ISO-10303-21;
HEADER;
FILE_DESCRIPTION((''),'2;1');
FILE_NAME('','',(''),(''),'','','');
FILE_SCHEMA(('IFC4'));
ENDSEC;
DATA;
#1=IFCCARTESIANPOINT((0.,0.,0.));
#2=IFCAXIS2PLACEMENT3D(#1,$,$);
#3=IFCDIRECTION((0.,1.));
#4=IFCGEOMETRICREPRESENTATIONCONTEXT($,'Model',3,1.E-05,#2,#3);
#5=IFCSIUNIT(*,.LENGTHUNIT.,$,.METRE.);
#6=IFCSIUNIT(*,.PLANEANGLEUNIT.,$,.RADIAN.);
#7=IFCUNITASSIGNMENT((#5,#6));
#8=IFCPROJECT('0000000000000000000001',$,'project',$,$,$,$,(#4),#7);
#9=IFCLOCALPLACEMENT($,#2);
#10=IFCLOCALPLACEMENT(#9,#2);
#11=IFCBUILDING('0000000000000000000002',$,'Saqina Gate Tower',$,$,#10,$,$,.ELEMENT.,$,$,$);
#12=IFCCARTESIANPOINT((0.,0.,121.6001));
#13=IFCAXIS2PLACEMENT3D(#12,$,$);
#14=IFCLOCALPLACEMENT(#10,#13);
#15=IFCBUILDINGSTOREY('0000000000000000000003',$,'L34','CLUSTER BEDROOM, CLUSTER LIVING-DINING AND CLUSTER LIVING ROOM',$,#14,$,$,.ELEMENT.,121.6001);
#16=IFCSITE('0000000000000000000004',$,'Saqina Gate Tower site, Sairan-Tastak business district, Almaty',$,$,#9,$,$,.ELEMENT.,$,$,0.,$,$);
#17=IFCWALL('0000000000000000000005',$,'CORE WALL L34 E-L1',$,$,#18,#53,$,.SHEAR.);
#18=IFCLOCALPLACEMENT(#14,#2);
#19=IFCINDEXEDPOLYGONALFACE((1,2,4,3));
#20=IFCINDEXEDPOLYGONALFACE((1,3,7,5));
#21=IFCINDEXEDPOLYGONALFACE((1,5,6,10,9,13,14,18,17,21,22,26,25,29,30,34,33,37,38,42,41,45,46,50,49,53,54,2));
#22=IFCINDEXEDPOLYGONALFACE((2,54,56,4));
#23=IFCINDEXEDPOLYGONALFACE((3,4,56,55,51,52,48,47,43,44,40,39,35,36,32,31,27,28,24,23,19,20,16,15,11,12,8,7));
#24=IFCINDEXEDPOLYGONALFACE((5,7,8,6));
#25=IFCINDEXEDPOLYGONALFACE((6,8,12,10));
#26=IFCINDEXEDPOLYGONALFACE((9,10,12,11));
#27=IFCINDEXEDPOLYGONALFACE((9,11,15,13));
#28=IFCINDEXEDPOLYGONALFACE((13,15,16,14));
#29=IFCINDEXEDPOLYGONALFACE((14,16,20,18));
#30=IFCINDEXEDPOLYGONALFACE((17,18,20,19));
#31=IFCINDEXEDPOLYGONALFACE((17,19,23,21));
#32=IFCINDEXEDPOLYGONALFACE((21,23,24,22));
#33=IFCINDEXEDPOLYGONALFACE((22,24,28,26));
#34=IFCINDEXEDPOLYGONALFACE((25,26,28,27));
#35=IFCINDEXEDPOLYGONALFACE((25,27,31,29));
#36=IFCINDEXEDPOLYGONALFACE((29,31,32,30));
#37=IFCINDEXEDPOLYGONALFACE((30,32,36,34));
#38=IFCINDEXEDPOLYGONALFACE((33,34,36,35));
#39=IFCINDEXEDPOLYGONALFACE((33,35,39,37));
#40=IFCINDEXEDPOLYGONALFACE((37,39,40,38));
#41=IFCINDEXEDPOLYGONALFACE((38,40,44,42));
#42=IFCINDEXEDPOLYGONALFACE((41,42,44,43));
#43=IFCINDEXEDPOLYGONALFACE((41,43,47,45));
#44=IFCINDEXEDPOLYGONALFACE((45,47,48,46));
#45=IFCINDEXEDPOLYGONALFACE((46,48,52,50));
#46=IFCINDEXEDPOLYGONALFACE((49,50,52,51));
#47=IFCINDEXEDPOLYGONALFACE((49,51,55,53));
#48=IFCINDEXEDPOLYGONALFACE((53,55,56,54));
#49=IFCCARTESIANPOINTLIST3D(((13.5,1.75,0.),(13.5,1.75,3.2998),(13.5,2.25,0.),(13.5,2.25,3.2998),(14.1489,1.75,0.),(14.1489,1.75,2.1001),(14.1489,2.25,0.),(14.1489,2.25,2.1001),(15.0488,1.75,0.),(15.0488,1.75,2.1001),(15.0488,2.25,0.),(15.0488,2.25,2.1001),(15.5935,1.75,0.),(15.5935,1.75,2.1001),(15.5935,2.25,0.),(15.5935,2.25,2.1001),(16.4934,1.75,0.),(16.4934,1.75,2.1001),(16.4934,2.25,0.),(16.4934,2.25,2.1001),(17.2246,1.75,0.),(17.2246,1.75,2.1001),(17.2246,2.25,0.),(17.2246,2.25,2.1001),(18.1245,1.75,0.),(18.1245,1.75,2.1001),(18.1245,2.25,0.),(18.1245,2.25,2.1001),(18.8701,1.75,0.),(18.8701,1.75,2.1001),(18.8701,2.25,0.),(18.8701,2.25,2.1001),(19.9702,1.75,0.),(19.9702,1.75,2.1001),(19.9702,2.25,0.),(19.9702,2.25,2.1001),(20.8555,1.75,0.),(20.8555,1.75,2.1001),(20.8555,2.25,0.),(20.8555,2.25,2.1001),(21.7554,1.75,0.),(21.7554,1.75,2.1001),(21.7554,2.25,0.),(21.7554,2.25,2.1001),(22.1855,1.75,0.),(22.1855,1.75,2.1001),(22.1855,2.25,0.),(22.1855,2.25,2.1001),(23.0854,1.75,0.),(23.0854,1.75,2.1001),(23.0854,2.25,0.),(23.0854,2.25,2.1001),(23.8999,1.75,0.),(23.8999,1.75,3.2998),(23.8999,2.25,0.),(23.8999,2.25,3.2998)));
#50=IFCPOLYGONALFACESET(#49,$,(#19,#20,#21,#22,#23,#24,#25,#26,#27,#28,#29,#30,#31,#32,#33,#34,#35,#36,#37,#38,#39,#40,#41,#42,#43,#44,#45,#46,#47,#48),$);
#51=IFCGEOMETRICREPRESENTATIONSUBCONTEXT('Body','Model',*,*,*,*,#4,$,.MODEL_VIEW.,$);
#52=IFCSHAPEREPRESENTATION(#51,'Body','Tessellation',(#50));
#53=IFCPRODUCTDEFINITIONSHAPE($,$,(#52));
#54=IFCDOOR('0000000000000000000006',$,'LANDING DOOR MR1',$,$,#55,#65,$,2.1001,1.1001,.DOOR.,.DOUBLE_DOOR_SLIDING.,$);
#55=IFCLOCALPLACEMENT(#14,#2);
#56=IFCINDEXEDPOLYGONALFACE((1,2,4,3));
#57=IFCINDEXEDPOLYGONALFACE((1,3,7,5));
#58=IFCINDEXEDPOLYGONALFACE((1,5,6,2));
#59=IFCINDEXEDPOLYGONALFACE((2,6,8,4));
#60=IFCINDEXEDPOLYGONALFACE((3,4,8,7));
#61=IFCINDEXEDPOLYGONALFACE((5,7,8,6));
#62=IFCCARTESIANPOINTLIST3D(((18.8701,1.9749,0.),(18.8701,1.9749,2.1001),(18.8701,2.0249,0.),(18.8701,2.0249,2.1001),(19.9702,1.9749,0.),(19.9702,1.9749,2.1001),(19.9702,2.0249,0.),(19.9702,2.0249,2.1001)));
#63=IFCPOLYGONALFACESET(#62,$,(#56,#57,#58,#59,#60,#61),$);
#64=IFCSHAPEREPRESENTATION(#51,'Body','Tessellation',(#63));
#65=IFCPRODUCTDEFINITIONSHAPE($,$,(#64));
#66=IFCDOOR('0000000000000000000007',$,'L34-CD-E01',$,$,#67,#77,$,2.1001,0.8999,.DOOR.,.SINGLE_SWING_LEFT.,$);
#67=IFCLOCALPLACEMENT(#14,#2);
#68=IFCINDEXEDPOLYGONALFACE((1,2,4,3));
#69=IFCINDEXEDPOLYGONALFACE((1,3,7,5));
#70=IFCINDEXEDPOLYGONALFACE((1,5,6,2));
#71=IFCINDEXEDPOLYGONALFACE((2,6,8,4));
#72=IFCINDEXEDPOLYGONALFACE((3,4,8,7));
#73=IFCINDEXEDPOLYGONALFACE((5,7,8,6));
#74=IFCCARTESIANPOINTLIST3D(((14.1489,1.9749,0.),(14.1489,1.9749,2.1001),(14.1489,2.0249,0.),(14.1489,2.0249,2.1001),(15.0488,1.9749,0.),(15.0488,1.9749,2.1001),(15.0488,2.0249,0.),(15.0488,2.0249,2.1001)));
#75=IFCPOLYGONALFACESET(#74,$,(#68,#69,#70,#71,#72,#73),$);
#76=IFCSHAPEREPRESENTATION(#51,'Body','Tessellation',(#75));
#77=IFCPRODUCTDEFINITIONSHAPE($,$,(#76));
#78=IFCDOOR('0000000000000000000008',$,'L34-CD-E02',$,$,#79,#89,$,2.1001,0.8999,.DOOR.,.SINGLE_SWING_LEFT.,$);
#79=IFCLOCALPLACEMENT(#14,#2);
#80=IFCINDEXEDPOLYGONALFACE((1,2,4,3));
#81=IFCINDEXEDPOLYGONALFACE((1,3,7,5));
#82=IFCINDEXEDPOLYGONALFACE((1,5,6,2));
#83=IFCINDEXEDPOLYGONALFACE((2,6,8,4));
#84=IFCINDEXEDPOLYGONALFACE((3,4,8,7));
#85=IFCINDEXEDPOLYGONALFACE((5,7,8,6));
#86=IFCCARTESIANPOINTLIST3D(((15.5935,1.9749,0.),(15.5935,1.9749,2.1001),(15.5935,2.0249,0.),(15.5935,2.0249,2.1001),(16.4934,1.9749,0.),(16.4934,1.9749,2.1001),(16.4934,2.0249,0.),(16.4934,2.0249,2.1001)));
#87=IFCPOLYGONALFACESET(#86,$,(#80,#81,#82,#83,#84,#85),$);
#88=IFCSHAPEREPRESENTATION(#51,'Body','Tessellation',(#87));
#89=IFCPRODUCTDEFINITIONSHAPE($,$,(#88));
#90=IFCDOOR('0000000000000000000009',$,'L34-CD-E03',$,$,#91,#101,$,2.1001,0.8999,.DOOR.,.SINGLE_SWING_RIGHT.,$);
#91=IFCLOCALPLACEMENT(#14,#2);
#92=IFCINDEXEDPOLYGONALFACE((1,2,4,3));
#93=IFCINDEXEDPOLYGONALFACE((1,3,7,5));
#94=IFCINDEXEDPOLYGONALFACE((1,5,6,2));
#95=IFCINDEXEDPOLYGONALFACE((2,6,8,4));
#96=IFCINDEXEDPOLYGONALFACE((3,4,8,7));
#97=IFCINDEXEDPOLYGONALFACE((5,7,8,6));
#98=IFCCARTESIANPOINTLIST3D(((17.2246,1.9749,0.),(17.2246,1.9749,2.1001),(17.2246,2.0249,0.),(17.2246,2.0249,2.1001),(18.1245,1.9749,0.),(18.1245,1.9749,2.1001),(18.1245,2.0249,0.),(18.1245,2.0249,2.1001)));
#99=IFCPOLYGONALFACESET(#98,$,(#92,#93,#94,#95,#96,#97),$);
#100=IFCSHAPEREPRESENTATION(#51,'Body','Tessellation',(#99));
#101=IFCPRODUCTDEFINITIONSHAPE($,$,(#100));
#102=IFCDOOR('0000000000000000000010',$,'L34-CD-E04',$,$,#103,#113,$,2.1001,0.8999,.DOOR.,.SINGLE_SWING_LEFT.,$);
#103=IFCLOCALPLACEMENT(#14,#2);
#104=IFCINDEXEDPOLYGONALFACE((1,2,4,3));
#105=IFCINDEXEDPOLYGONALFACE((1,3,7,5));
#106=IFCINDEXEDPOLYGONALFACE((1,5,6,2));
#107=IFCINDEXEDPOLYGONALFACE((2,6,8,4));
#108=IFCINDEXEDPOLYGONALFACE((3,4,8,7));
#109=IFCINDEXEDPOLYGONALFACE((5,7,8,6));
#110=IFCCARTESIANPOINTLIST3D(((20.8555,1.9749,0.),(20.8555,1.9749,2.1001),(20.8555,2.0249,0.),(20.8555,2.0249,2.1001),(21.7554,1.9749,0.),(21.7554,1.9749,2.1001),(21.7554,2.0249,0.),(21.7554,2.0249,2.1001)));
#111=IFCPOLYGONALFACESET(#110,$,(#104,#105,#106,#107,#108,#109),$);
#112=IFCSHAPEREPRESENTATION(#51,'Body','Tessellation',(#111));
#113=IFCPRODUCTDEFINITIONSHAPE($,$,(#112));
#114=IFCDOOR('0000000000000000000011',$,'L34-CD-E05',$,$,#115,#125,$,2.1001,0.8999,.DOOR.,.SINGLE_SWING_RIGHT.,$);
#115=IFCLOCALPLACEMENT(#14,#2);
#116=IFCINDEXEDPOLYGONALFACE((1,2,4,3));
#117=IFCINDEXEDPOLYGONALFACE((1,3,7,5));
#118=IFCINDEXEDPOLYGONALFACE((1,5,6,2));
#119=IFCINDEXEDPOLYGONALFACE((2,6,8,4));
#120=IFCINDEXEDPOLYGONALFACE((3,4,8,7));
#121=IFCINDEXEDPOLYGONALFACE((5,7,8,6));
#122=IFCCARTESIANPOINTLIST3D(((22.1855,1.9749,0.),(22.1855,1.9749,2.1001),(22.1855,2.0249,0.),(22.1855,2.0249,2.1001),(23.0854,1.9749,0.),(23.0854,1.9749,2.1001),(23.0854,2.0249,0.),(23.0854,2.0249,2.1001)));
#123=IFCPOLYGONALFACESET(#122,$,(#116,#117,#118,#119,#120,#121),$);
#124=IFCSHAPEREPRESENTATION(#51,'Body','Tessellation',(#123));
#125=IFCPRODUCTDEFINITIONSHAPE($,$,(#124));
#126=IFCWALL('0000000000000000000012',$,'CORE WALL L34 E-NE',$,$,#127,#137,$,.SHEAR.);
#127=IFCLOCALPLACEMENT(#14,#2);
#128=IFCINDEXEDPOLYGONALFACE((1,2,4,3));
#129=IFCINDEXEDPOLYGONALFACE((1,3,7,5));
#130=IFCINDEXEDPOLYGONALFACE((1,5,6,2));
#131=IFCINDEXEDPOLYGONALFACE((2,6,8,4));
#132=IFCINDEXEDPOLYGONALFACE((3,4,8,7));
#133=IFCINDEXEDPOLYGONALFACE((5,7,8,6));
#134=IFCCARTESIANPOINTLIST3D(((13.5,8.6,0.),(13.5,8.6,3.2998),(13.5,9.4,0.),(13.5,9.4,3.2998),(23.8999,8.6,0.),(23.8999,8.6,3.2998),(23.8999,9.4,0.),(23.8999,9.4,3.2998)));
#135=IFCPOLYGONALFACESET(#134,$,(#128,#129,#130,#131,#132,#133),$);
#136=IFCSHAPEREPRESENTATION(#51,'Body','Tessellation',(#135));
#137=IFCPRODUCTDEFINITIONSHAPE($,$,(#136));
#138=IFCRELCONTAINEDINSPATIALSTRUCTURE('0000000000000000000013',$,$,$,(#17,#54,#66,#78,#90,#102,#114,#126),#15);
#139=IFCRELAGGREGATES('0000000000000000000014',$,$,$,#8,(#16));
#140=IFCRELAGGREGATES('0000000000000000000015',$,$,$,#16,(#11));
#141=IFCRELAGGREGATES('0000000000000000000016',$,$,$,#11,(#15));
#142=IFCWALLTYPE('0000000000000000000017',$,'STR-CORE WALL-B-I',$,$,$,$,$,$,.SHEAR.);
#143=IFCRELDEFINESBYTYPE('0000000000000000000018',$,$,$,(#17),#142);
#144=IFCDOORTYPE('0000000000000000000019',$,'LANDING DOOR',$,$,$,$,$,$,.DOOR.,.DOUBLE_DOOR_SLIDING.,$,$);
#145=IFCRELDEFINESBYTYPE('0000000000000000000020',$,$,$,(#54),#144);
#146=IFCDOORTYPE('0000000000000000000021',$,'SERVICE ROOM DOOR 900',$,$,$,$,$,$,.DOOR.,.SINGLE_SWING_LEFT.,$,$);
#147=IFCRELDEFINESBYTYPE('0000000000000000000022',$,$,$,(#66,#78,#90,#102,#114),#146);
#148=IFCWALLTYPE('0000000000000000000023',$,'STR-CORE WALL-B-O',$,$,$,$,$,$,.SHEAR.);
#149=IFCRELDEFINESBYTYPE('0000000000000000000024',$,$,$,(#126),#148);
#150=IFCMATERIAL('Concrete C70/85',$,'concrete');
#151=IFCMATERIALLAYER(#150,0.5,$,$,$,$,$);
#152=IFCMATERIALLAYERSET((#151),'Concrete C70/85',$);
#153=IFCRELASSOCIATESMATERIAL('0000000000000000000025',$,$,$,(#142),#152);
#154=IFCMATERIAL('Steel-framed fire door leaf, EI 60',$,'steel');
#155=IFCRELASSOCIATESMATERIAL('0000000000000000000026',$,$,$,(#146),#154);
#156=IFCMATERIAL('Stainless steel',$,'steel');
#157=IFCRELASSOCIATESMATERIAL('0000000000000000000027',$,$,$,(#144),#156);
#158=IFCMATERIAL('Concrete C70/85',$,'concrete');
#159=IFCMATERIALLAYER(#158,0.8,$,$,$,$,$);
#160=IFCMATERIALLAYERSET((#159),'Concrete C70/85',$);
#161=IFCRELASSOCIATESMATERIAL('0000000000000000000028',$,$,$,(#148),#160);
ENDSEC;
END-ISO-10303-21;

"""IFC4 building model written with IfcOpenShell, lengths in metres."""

from ifc_helpers import new_model, si_unit, direction, frame, frame_2d, origin, place, context, subcontext, project, spatial, rectangle, extrude, material, layer, layer_set, type_object, element, fill, save


model = new_model("IFC4")

# Units and contexts
model_context = context("Model", 3, precision=1e-05, world=origin(), true_north=direction((0.0, 1.0)))
body_context = subcontext(model_context, "Body", "Model", "MODEL_VIEW")
ifc_project = project(units=[si_unit("LENGTHUNIT", "METRE"), si_unit("PLANEANGLEUNIT", "RADIAN")], contexts=[model_context])

# Site, building, storey
site_placement = place(None, origin())
site = spatial("IfcSite", under=ifc_project, at=site_placement, Name="Saqina Gate Tower site, Sairan-Tastak business district, Almaty", CompositionType="ELEMENT", RefElevation=0.0)
building_placement = place(site_placement, origin())
building = spatial("IfcBuilding", under=site, at=building_placement, Name="Saqina Gate Tower", CompositionType="ELEMENT")
storey_placement = place(building_placement, frame((0.0, 0.0, 121.6001)))
storey = spatial("IfcBuildingStorey", under=building, at=storey_placement, Name="L34", Description="CLUSTER BEDROOM, CLUSTER LIVING-DINING AND CLUSTER LIVING ROOM", CompositionType="ELEMENT", Elevation=121.6001)

# Shared definitions
ifc_material_1 = material(Name="Concrete C70/85", Category="concrete")
ifc_layer_1 = layer(ifc_material_1, 0.5)
ifc_layer_set_1 = layer_set([ifc_layer_1], Name="Concrete C70/85")
wall_type_1 = type_object("IfcWallType", Name="STR-CORE WALL-B-I", PredefinedType="SHEAR", material=ifc_layer_set_1)
ifc_material_2 = material(Name="Steel-framed fire door leaf, EI 60", Category="steel")
door_type_1 = type_object("IfcDoorType", Name="SERVICE ROOM DOOR 900", OperationType="SINGLE_SWING_LEFT", PredefinedType="DOOR", material=ifc_material_2)

# Wall, openings, doors
wall_1_placement = place(storey_placement, frame((13.5, 2.0, 0.0), z_axis=(0.0, 0.0, 1.0), x_axis=(1.0, 0.0, 0.0)))
wall_1 = element("IfcWall", 1, at=wall_1_placement, inside=storey, type_object=wall_type_1, Name="CORE WALL L34 E-L1", PredefinedType="SHEAR", context=body_context, shape_type="SweptSolid", body=[
    extrude(rectangle(XDim=10.3999, YDim=0.5, at=frame_2d((5.2, 0.0))), origin(), (0.0, 0.0, 1.0), 3.2998),
])
opening_1_placement = place(wall_1_placement, frame((5.3701, 0.0, 0.0)))
opening_1 = element("IfcOpeningElement", 2, at=opening_1_placement, cuts=wall_1, PredefinedType="OPENING", context=body_context, shape_type="SweptSolid", body=[
    extrude(rectangle(XDim=1.1001, YDim=2.1001, at=frame_2d((0.55, 1.05))), frame((0.0, 0.262, 0.0), z_axis=(0.0, -1.0, 0.0), x_axis=(1.0, 0.0, 0.0)), (0.0, 0.0, 1.0), 0.5239),
])
opening_2_placement = place(wall_1_placement, frame((0.6489, 0.0, 0.0)))
opening_2 = element("IfcOpeningElement", 3, at=opening_2_placement, cuts=wall_1, PredefinedType="OPENING", context=body_context, shape_type="SweptSolid", body=[
    extrude(rectangle(XDim=0.8999, YDim=2.1001, at=frame_2d((0.45, 1.05))), frame((0.0, 0.262, 0.0), z_axis=(0.0, -1.0, 0.0), x_axis=(1.0, 0.0, 0.0)), (0.0, 0.0, 1.0), 0.5239),
])
opening_3_placement = place(wall_1_placement, frame((2.0935, 0.0, 0.0)))
opening_3 = element("IfcOpeningElement", 4, at=opening_3_placement, cuts=wall_1, PredefinedType="OPENING", context=body_context, shape_type="SweptSolid", body=[
    extrude(rectangle(XDim=0.8999, YDim=2.1001, at=frame_2d((0.45, 1.05))), frame((0.0, 0.262, 0.0), z_axis=(0.0, -1.0, 0.0), x_axis=(1.0, 0.0, 0.0)), (0.0, 0.0, 1.0), 0.5239),
])
opening_4_placement = place(wall_1_placement, frame((3.7246, 0.0, 0.0)))
opening_4 = element("IfcOpeningElement", 5, at=opening_4_placement, cuts=wall_1, PredefinedType="OPENING", context=body_context, shape_type="SweptSolid", body=[
    extrude(rectangle(XDim=0.8999, YDim=2.1001, at=frame_2d((0.45, 1.05))), frame((0.0, 0.262, 0.0), z_axis=(0.0, -1.0, 0.0), x_axis=(1.0, 0.0, 0.0)), (0.0, 0.0, 1.0), 0.5239),
])
opening_5_placement = place(wall_1_placement, frame((7.3555, 0.0, 0.0)))
opening_5 = element("IfcOpeningElement", 6, at=opening_5_placement, cuts=wall_1, PredefinedType="OPENING", context=body_context, shape_type="SweptSolid", body=[
    extrude(rectangle(XDim=0.8999, YDim=2.1001, at=frame_2d((0.45, 1.05))), frame((0.0, 0.262, 0.0), z_axis=(0.0, -1.0, 0.0), x_axis=(1.0, 0.0, 0.0)), (0.0, 0.0, 1.0), 0.5239),
])
opening_6_placement = place(wall_1_placement, frame((8.6855, 0.0, 0.0)))
opening_6 = element("IfcOpeningElement", 7, at=opening_6_placement, cuts=wall_1, PredefinedType="OPENING", context=body_context, shape_type="SweptSolid", body=[
    extrude(rectangle(XDim=0.8999, YDim=2.1001, at=frame_2d((0.45, 1.05))), frame((0.0, 0.262, 0.0), z_axis=(0.0, -1.0, 0.0), x_axis=(1.0, 0.0, 0.0)), (0.0, 0.0, 1.0), 0.5239),
])
ifc_material_3 = material(Name="Stainless steel", Category="steel")
door_type_2 = type_object("IfcDoorType", Name="LANDING DOOR", OperationType="DOUBLE_DOOR_SLIDING", PredefinedType="DOOR", material=ifc_material_3)
door_1_placement = place(opening_1_placement, origin())
door_1 = element("IfcDoor", 8, at=door_1_placement, inside=storey, type_object=door_type_2, Name="LANDING DOOR MR1", OperationType="DOUBLE_DOOR_SLIDING", OverallHeight=2.1001, OverallWidth=1.1001, PredefinedType="DOOR", context=body_context, shape_type="SweptSolid", body=[
    extrude(rectangle(XDim=1.1001, YDim=2.1001, at=frame_2d((0.55, 1.05))), frame((0.0, 0.0249, 0.0), z_axis=(0.0, -1.0, 0.0), x_axis=(1.0, 0.0, 0.0)), (0.0, 0.0, 1.0), 0.05),
])
fill(opening_1, door_1)
door_2_placement = place(opening_2_placement, origin())
door_2 = element("IfcDoor", 9, at=door_2_placement, inside=storey, type_object=door_type_1, Name="L34-CD-E01", OperationType="SINGLE_SWING_LEFT", OverallHeight=2.1001, OverallWidth=0.8999, PredefinedType="DOOR", context=body_context, shape_type="SweptSolid", body=[
    extrude(rectangle(XDim=0.8999, YDim=2.1001, at=frame_2d((0.45, 1.05))), frame((0.0, 0.0249, 0.0), z_axis=(0.0, -1.0, 0.0), x_axis=(1.0, 0.0, 0.0)), (0.0, 0.0, 1.0), 0.05),
])
fill(opening_2, door_2)
door_3_placement = place(opening_3_placement, origin())
door_3 = element("IfcDoor", 10, at=door_3_placement, inside=storey, type_object=door_type_1, Name="L34-CD-E02", OperationType="SINGLE_SWING_LEFT", OverallHeight=2.1001, OverallWidth=0.8999, PredefinedType="DOOR", context=body_context, shape_type="SweptSolid", body=[
    extrude(rectangle(XDim=0.8999, YDim=2.1001, at=frame_2d((0.45, 1.05))), frame((0.0, 0.0249, 0.0), z_axis=(0.0, -1.0, 0.0), x_axis=(1.0, 0.0, 0.0)), (0.0, 0.0, 1.0), 0.05),
])
fill(opening_3, door_3)
door_4_placement = place(opening_4_placement, origin())
door_4 = element("IfcDoor", 11, at=door_4_placement, inside=storey, type_object=door_type_1, Name="L34-CD-E03", OperationType="SINGLE_SWING_RIGHT", OverallHeight=2.1001, OverallWidth=0.8999, PredefinedType="DOOR", context=body_context, shape_type="SweptSolid", body=[
    extrude(rectangle(XDim=0.8999, YDim=2.1001, at=frame_2d((0.45, 1.05))), frame((0.0, 0.0249, 0.0), z_axis=(0.0, -1.0, 0.0), x_axis=(1.0, 0.0, 0.0)), (0.0, 0.0, 1.0), 0.05),
])
fill(opening_4, door_4)
door_5_placement = place(opening_5_placement, origin())
door_5 = element("IfcDoor", 12, at=door_5_placement, inside=storey, type_object=door_type_1, Name="L34-CD-E04", OperationType="SINGLE_SWING_LEFT", OverallHeight=2.1001, OverallWidth=0.8999, PredefinedType="DOOR", context=body_context, shape_type="SweptSolid", body=[
    extrude(rectangle(XDim=0.8999, YDim=2.1001, at=frame_2d((0.45, 1.05))), frame((0.0, 0.0249, 0.0), z_axis=(0.0, -1.0, 0.0), x_axis=(1.0, 0.0, 0.0)), (0.0, 0.0, 1.0), 0.05),
])
fill(opening_5, door_5)
door_6_placement = place(opening_6_placement, origin())
door_6 = element("IfcDoor", 13, at=door_6_placement, inside=storey, type_object=door_type_1, Name="L34-CD-E05", OperationType="SINGLE_SWING_RIGHT", OverallHeight=2.1001, OverallWidth=0.8999, PredefinedType="DOOR", context=body_context, shape_type="SweptSolid", body=[
    extrude(rectangle(XDim=0.8999, YDim=2.1001, at=frame_2d((0.45, 1.05))), frame((0.0, 0.0249, 0.0), z_axis=(0.0, -1.0, 0.0), x_axis=(1.0, 0.0, 0.0)), (0.0, 0.0, 1.0), 0.05),
])
fill(opening_6, door_6)

# Wall
ifc_material_4 = material(Name="Concrete C70/85", Category="concrete")
ifc_layer_2 = layer(ifc_material_4, 0.8)
ifc_layer_set_2 = layer_set([ifc_layer_2], Name="Concrete C70/85")
wall_type_2 = type_object("IfcWallType", Name="STR-CORE WALL-B-O", PredefinedType="SHEAR", material=ifc_layer_set_2)
wall_2_placement = place(storey_placement, frame((13.5, 9.0, 0.0), z_axis=(0.0, 0.0, 1.0), x_axis=(1.0, 0.0, 0.0)))
element("IfcWall", 14, at=wall_2_placement, inside=storey, type_object=wall_type_2, Name="CORE WALL L34 E-NE", PredefinedType="SHEAR", context=body_context, shape_type="SweptSolid", body=[
    extrude(rectangle(XDim=10.3999, YDim=0.8, at=frame_2d((5.2, 0.0))), origin(), (0.0, 0.0, 1.0), 3.2998),
])

save(model, "model.ifc")
